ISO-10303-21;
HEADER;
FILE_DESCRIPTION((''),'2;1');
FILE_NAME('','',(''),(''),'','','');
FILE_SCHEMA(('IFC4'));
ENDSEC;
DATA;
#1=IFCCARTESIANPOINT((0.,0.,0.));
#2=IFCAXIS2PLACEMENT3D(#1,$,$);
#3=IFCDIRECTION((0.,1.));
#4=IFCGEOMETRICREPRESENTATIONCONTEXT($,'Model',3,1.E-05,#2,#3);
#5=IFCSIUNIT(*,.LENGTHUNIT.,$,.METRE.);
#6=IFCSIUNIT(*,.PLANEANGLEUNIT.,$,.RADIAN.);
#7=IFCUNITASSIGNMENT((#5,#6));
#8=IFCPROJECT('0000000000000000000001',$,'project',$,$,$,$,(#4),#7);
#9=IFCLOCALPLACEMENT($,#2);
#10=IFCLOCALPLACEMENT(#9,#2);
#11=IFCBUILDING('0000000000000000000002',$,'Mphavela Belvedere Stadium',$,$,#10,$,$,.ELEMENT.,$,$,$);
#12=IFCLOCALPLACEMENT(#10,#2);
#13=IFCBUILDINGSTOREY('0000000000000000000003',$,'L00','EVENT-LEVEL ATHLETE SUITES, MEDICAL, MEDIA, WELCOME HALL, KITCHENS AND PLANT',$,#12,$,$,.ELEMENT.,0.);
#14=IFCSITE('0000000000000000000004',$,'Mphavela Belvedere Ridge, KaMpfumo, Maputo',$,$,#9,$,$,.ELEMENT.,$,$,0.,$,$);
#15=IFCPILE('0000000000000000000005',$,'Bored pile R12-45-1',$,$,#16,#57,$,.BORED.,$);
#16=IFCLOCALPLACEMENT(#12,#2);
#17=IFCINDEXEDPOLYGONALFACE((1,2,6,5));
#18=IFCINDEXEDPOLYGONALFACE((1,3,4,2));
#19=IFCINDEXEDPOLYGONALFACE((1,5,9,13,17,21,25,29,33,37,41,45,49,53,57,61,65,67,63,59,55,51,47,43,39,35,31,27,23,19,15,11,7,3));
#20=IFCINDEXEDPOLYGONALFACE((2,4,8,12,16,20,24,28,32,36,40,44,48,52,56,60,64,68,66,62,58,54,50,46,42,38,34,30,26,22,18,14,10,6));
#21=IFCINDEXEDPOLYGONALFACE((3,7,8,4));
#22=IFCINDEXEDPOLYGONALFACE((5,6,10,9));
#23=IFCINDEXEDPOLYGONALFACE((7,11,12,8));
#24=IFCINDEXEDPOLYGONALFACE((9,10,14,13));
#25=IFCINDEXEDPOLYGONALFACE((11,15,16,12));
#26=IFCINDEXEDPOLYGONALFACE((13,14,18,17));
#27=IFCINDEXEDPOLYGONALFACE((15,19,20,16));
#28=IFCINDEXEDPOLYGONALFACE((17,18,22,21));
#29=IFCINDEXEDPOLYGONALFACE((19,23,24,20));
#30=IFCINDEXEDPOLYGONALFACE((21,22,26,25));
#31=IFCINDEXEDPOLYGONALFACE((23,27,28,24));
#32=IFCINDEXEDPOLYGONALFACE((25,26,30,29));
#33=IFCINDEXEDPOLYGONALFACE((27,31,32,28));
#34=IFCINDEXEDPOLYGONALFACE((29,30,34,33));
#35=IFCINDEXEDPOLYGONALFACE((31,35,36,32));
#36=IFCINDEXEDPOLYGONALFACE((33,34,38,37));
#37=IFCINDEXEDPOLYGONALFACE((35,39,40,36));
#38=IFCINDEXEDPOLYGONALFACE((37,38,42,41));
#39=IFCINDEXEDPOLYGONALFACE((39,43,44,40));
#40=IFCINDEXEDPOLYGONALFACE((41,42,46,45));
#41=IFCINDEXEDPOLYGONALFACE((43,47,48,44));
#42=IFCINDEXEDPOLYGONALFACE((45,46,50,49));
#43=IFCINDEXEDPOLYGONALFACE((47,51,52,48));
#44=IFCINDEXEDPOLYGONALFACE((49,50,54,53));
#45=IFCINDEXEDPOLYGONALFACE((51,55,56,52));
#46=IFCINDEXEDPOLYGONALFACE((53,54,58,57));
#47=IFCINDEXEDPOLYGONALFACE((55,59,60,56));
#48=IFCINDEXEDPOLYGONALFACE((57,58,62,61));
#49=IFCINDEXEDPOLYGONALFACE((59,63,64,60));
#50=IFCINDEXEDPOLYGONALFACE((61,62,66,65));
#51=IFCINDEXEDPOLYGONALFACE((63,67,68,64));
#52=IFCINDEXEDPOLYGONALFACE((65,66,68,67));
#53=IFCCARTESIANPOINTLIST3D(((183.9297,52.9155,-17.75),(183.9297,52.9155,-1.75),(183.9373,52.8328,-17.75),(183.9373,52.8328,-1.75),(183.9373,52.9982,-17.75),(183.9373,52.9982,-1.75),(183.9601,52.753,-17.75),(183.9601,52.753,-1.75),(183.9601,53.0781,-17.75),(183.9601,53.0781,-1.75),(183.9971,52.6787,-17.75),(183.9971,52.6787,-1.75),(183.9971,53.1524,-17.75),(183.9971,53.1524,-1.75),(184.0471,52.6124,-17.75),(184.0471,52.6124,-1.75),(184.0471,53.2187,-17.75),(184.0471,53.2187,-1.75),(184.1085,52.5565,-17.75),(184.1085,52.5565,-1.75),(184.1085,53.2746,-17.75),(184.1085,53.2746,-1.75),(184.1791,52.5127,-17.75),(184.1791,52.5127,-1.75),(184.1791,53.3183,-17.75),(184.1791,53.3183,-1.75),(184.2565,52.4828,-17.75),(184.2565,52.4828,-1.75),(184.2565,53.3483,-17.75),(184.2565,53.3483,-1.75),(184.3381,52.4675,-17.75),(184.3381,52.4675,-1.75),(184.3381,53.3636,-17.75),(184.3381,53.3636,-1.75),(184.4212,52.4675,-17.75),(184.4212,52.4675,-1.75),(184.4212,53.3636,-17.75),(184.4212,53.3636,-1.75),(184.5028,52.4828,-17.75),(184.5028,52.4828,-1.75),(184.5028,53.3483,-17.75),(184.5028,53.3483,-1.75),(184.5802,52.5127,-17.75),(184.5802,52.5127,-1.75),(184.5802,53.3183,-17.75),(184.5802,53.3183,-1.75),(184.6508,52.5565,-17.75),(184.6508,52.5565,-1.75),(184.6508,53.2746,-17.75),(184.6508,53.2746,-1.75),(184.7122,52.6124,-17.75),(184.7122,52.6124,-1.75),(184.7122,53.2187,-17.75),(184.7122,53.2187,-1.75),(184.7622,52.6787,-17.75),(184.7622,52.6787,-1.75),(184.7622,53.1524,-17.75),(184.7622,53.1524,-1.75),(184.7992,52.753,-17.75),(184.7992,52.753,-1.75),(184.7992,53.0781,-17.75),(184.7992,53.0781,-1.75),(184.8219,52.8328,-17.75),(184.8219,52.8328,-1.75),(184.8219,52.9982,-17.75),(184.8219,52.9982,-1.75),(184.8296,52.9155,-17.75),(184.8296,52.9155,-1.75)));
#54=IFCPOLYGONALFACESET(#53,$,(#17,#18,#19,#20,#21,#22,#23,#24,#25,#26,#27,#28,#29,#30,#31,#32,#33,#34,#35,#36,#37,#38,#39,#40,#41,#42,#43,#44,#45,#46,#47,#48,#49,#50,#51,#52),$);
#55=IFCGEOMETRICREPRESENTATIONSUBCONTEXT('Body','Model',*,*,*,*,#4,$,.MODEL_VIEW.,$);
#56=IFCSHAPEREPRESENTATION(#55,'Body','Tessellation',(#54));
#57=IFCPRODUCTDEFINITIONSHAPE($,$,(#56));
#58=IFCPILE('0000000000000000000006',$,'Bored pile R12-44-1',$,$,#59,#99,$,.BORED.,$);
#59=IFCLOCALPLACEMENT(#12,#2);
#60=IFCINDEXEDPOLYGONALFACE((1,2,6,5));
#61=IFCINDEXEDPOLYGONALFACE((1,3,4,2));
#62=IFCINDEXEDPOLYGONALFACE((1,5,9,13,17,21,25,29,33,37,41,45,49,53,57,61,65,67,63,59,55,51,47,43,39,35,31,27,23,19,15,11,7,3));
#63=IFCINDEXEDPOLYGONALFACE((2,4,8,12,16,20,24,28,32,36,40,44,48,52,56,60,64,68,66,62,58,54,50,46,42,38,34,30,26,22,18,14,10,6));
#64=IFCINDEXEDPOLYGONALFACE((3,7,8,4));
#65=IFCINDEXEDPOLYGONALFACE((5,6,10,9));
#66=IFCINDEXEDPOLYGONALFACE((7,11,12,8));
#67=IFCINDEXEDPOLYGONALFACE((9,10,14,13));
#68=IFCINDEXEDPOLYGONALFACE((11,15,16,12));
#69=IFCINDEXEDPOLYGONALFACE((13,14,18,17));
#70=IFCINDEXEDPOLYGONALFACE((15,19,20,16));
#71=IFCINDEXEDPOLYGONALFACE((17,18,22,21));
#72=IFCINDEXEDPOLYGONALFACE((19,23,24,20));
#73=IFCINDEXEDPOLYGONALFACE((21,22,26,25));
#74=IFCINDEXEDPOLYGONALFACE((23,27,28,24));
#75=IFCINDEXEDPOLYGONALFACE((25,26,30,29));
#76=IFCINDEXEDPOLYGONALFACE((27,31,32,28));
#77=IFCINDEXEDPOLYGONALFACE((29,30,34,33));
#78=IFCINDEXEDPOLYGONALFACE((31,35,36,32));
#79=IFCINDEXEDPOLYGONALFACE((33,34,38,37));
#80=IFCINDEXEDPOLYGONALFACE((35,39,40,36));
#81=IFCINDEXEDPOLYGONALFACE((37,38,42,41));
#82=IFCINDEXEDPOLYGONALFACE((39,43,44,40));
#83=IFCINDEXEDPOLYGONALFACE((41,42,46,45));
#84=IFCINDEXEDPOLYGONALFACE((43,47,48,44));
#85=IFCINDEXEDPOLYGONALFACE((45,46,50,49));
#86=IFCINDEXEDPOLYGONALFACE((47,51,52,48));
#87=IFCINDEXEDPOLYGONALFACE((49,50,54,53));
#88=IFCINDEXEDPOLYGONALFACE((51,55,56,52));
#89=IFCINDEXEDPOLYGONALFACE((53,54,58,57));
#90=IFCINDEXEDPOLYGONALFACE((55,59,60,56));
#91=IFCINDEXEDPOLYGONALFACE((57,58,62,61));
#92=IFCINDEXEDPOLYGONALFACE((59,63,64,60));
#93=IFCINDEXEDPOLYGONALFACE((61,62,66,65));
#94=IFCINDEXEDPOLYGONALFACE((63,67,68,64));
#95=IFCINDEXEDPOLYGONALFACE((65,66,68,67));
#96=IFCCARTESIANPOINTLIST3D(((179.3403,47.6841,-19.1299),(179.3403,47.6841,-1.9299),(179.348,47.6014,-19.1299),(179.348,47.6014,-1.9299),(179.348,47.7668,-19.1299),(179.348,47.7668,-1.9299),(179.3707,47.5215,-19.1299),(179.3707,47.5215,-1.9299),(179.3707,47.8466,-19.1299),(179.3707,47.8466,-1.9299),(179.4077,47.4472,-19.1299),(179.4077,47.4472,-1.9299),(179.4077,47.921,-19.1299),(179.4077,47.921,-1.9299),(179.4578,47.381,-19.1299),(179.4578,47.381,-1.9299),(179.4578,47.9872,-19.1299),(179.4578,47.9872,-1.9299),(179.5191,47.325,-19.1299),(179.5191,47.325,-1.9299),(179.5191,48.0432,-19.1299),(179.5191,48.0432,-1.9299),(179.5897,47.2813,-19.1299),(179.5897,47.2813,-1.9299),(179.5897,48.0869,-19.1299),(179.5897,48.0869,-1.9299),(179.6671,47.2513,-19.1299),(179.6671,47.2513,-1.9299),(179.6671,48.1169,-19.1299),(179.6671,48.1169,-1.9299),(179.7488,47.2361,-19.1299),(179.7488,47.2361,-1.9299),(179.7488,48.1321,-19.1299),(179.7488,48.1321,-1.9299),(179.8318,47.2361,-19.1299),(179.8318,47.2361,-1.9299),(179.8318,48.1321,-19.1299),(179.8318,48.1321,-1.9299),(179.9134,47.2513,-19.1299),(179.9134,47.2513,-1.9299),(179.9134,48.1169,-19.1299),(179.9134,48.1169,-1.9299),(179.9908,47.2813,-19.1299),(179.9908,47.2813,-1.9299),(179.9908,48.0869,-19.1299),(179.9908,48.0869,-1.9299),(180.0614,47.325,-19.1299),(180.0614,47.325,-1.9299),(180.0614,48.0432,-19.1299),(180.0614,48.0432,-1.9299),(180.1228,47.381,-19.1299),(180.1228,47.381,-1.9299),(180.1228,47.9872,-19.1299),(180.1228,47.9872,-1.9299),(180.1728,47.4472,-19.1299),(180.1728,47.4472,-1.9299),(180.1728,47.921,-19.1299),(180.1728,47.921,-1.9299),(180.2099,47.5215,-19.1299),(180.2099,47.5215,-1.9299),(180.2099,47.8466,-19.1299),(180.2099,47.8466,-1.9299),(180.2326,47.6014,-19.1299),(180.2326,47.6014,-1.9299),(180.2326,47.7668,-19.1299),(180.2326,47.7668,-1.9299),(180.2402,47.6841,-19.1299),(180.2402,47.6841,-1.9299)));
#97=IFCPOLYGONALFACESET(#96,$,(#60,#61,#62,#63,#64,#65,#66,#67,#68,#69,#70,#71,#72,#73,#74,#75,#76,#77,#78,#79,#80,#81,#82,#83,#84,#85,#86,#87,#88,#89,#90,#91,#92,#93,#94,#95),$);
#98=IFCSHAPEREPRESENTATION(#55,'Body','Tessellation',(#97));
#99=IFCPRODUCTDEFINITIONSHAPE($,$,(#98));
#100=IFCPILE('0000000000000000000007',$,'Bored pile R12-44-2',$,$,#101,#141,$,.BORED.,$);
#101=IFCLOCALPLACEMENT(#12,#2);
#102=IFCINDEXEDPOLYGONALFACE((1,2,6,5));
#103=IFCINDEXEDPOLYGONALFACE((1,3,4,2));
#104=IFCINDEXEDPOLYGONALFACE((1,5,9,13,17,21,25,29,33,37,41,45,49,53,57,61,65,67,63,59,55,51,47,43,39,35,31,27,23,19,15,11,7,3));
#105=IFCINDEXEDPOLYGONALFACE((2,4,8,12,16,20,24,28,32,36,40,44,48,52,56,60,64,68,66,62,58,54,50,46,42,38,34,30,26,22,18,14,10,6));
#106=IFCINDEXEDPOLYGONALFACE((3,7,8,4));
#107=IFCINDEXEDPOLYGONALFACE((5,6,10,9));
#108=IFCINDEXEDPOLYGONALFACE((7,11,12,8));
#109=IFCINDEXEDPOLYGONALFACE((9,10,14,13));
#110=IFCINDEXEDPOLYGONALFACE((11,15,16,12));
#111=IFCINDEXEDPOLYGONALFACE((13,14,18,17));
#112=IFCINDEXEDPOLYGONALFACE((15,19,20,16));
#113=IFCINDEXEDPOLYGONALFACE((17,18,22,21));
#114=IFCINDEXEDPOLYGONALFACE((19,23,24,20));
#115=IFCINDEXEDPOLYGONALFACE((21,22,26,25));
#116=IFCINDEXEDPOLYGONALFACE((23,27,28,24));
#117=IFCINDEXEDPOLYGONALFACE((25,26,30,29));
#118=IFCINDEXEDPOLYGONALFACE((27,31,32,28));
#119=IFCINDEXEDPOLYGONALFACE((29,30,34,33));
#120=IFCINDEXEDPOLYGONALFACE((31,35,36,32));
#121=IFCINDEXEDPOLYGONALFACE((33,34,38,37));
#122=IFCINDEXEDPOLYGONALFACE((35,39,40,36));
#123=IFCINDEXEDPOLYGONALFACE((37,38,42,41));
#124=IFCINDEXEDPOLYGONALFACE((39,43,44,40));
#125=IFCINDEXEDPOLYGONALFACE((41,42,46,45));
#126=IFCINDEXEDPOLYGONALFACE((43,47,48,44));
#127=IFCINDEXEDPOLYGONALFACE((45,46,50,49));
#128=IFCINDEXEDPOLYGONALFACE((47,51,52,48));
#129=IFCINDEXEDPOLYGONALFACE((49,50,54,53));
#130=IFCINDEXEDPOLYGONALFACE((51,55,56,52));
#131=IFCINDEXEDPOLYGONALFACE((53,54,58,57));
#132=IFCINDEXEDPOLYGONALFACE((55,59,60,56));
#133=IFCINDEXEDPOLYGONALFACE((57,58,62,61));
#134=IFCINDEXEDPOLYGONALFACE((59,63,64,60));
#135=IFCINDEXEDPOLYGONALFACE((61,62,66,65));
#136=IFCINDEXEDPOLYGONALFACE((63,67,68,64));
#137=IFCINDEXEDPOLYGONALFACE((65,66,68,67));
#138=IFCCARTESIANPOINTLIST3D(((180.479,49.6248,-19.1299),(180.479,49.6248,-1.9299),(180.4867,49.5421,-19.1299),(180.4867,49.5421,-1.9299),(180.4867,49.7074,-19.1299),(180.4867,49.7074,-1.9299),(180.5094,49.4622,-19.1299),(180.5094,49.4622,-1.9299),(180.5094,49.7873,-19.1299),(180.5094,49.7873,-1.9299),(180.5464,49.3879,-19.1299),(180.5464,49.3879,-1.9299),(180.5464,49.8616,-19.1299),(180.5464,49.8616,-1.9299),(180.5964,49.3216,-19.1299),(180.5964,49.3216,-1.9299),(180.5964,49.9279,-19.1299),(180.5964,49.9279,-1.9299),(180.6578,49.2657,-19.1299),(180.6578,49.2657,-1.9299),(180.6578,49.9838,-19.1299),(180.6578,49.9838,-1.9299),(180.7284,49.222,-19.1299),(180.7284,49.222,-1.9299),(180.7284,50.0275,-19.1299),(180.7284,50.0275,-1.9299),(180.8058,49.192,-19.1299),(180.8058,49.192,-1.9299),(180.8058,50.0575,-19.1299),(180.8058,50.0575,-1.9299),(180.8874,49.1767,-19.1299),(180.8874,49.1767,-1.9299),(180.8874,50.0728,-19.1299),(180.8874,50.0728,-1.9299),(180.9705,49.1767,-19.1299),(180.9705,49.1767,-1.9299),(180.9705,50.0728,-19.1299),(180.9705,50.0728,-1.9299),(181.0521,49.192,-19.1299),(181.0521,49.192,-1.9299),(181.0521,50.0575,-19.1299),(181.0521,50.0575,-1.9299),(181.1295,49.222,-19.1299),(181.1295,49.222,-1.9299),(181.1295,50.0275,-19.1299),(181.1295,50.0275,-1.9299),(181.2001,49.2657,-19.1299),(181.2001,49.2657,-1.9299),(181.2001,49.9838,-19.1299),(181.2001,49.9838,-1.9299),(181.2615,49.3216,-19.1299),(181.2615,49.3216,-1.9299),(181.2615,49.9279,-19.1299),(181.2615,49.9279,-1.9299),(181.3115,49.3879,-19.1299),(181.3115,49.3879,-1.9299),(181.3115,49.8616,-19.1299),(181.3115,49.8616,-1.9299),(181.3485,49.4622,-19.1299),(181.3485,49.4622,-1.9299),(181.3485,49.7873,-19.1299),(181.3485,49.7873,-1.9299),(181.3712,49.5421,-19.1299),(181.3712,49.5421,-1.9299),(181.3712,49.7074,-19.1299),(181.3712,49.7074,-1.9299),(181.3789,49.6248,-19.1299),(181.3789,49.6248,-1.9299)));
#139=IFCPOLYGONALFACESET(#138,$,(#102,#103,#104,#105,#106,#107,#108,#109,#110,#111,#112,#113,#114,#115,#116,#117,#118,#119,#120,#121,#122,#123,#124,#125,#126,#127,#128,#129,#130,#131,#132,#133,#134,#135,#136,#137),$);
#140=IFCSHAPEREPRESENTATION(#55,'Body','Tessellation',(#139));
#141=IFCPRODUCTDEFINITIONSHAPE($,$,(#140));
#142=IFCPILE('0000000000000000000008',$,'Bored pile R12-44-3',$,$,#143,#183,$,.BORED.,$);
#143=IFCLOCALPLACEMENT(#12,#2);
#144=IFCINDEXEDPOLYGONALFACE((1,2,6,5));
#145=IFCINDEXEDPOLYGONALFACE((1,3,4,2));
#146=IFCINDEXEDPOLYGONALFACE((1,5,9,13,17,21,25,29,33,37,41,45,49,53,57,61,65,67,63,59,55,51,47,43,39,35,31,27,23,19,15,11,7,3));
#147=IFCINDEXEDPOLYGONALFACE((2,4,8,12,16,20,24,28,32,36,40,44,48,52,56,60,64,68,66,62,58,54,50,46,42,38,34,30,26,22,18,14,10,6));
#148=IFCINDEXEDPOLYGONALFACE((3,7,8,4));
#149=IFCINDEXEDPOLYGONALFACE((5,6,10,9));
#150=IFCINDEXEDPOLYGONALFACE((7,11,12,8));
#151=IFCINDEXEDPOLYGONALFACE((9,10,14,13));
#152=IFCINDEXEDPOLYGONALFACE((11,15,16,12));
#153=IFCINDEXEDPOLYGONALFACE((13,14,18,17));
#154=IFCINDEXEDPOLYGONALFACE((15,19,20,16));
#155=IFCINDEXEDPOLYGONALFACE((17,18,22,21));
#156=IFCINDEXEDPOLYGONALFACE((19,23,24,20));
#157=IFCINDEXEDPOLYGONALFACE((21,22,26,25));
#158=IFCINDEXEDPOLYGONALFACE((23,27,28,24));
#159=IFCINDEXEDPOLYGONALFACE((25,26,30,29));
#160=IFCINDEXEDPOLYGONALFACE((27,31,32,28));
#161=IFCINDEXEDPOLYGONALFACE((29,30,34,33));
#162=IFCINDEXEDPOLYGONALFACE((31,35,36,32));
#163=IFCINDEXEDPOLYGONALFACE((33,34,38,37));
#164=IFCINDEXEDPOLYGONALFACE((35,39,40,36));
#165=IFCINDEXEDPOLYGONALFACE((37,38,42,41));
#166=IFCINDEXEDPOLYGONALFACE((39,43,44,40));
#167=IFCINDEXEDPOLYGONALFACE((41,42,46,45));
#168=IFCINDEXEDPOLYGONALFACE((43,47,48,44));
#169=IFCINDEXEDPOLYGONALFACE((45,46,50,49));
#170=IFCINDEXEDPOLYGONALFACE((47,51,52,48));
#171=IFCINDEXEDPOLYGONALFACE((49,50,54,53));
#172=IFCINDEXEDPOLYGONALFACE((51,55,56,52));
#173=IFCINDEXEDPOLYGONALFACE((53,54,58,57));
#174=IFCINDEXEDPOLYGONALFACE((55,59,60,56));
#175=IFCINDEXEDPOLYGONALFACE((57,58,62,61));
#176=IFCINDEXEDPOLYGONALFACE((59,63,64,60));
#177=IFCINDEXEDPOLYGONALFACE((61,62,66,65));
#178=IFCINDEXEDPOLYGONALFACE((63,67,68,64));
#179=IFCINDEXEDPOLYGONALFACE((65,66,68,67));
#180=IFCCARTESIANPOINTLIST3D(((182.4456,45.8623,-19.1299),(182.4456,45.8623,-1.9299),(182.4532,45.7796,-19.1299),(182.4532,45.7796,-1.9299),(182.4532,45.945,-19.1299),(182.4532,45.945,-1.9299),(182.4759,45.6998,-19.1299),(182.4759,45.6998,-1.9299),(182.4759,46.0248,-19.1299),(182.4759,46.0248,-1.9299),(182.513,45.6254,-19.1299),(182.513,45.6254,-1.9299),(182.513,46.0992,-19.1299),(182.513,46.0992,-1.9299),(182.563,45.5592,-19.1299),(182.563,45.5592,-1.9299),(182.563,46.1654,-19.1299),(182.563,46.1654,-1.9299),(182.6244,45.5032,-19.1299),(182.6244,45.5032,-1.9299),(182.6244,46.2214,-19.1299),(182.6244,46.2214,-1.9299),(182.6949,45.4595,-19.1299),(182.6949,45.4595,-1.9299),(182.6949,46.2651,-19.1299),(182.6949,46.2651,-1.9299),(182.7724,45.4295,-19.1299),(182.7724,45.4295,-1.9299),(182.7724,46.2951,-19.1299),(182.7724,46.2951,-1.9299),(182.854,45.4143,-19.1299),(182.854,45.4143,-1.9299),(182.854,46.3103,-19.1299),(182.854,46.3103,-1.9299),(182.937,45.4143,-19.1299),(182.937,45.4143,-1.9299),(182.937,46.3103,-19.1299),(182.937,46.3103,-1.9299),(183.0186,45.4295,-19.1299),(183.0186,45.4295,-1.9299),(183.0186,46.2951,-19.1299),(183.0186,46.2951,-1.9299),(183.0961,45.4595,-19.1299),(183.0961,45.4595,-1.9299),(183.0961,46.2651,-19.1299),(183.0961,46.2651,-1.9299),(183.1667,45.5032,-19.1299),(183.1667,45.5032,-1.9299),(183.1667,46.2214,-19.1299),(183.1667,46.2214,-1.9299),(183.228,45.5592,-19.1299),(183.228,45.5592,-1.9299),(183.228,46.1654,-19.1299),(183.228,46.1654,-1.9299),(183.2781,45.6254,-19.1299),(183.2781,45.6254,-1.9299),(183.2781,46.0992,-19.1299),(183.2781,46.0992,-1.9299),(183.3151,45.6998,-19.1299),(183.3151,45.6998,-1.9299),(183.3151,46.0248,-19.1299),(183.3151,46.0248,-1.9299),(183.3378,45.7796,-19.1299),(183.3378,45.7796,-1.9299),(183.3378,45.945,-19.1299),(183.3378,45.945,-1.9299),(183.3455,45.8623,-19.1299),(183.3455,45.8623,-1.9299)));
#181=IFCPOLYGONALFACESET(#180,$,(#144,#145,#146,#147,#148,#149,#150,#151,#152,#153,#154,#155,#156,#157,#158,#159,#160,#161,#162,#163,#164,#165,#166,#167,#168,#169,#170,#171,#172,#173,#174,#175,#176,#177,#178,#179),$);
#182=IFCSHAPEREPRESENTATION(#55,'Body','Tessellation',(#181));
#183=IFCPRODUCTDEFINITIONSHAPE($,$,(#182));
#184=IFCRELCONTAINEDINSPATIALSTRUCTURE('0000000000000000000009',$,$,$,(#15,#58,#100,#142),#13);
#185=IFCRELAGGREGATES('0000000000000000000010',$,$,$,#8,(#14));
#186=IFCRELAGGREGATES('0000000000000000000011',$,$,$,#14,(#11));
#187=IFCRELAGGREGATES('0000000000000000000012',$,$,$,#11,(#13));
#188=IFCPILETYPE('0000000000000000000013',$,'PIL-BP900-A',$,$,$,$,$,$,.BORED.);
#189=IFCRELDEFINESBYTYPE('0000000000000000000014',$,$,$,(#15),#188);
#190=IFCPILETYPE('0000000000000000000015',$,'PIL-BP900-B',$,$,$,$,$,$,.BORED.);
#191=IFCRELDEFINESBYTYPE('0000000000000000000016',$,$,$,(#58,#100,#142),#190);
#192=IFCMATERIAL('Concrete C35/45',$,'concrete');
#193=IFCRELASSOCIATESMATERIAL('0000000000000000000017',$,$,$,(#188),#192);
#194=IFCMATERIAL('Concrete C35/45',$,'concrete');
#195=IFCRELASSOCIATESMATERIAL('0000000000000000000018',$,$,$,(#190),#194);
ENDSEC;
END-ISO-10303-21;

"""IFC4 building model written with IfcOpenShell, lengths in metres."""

from ifc_helpers import new_model, si_unit, direction, frame, origin, origin_2d, place, context, subcontext, project, spatial, circle, extrude, material, material_profile, profile_set, type_object, element, save


model = new_model("IFC4")

# Units and contexts
model_context = context("Model", 3, precision=1e-05, world=origin(), true_north=direction((0.0, 1.0)))
body_context = subcontext(model_context, "Body", "Model", "MODEL_VIEW")
ifc_project = project(units=[si_unit("LENGTHUNIT", "METRE"), si_unit("PLANEANGLEUNIT", "RADIAN")], contexts=[model_context])

# Site, building, storey
site_placement = place(None, origin())
site = spatial("IfcSite", under=ifc_project, at=site_placement, Name="Mphavela Belvedere Ridge, KaMpfumo, Maputo", CompositionType="ELEMENT", RefElevation=0.0)
building_placement = place(site_placement, origin())
building = spatial("IfcBuilding", under=site, at=building_placement, Name="Mphavela Belvedere Stadium", CompositionType="ELEMENT")
storey_placement = place(building_placement, origin())
storey = spatial("IfcBuildingStorey", under=building, at=storey_placement, Name="L00", Description="EVENT-LEVEL ATHLETE SUITES, MEDICAL, MEDIA, WELCOME HALL, KITCHENS AND PLANT", CompositionType="ELEMENT", Elevation=0.0)

# Piles
ifc_material_1 = material(Name="Concrete C35/45", Category="concrete")
ifc_material_profile_1 = material_profile(ifc_material_1, circle(Radius=0.45, at=origin_2d()), Name="BP D900")
ifc_profile_set_1 = profile_set([ifc_material_profile_1], Name="Concrete C35/45")
pile_type_1 = type_object("IfcPileType", Name="PIL-BP900-A", PredefinedType="BORED", material=ifc_profile_set_1)
for number, where, z_axis, x_axis, name in (
    (1, (184.3796, 52.9155, -1.75), (0.0, 0.0, -1.0), (1.0, 0.0, 0.0), "Bored pile R12-45-1"),
):
    element("IfcPile", number, at=place(storey_placement, frame(where, z_axis=z_axis, x_axis=x_axis)), inside=storey, type_object=pile_type_1, Name=name, PredefinedType="BORED", context=body_context, shape_type="SweptSolid", body=[
        extrude(circle(Radius=0.45, at=origin_2d()), origin(), (0.0, 0.0, 1.0), 16.0),
    ])
ifc_material_2 = material(Name="Concrete C35/45", Category="concrete")
ifc_material_profile_2 = material_profile(ifc_material_2, circle(Radius=0.45, at=origin_2d()), Name="BP D900")
ifc_profile_set_2 = profile_set([ifc_material_profile_2], Name="Concrete C35/45")
pile_type_2 = type_object("IfcPileType", Name="PIL-BP900-B", PredefinedType="BORED", material=ifc_profile_set_2)
for number, where, z_axis, x_axis, name in (
    (2, (179.7903, 47.6841, -1.9299), (0.0, 0.0, -1.0), (1.0, 0.0, 0.0), "Bored pile R12-44-1"),
    (3, (180.929, 49.6248, -1.9299), (0.0, 0.0, -1.0), (1.0, 0.0, 0.0), "Bored pile R12-44-2"),
    (4, (182.8955, 45.8623, -1.9299), (0.0, 0.0, -1.0), (1.0, 0.0, 0.0), "Bored pile R12-44-3"),
):
    element("IfcPile", number, at=place(storey_placement, frame(where, z_axis=z_axis, x_axis=x_axis)), inside=storey, type_object=pile_type_2, Name=name, PredefinedType="BORED", context=body_context, shape_type="SweptSolid", body=[
        extrude(circle(Radius=0.45, at=origin_2d()), origin(), (0.0, 0.0, 1.0), 17.2),
    ])

save(model, "model.ifc")
